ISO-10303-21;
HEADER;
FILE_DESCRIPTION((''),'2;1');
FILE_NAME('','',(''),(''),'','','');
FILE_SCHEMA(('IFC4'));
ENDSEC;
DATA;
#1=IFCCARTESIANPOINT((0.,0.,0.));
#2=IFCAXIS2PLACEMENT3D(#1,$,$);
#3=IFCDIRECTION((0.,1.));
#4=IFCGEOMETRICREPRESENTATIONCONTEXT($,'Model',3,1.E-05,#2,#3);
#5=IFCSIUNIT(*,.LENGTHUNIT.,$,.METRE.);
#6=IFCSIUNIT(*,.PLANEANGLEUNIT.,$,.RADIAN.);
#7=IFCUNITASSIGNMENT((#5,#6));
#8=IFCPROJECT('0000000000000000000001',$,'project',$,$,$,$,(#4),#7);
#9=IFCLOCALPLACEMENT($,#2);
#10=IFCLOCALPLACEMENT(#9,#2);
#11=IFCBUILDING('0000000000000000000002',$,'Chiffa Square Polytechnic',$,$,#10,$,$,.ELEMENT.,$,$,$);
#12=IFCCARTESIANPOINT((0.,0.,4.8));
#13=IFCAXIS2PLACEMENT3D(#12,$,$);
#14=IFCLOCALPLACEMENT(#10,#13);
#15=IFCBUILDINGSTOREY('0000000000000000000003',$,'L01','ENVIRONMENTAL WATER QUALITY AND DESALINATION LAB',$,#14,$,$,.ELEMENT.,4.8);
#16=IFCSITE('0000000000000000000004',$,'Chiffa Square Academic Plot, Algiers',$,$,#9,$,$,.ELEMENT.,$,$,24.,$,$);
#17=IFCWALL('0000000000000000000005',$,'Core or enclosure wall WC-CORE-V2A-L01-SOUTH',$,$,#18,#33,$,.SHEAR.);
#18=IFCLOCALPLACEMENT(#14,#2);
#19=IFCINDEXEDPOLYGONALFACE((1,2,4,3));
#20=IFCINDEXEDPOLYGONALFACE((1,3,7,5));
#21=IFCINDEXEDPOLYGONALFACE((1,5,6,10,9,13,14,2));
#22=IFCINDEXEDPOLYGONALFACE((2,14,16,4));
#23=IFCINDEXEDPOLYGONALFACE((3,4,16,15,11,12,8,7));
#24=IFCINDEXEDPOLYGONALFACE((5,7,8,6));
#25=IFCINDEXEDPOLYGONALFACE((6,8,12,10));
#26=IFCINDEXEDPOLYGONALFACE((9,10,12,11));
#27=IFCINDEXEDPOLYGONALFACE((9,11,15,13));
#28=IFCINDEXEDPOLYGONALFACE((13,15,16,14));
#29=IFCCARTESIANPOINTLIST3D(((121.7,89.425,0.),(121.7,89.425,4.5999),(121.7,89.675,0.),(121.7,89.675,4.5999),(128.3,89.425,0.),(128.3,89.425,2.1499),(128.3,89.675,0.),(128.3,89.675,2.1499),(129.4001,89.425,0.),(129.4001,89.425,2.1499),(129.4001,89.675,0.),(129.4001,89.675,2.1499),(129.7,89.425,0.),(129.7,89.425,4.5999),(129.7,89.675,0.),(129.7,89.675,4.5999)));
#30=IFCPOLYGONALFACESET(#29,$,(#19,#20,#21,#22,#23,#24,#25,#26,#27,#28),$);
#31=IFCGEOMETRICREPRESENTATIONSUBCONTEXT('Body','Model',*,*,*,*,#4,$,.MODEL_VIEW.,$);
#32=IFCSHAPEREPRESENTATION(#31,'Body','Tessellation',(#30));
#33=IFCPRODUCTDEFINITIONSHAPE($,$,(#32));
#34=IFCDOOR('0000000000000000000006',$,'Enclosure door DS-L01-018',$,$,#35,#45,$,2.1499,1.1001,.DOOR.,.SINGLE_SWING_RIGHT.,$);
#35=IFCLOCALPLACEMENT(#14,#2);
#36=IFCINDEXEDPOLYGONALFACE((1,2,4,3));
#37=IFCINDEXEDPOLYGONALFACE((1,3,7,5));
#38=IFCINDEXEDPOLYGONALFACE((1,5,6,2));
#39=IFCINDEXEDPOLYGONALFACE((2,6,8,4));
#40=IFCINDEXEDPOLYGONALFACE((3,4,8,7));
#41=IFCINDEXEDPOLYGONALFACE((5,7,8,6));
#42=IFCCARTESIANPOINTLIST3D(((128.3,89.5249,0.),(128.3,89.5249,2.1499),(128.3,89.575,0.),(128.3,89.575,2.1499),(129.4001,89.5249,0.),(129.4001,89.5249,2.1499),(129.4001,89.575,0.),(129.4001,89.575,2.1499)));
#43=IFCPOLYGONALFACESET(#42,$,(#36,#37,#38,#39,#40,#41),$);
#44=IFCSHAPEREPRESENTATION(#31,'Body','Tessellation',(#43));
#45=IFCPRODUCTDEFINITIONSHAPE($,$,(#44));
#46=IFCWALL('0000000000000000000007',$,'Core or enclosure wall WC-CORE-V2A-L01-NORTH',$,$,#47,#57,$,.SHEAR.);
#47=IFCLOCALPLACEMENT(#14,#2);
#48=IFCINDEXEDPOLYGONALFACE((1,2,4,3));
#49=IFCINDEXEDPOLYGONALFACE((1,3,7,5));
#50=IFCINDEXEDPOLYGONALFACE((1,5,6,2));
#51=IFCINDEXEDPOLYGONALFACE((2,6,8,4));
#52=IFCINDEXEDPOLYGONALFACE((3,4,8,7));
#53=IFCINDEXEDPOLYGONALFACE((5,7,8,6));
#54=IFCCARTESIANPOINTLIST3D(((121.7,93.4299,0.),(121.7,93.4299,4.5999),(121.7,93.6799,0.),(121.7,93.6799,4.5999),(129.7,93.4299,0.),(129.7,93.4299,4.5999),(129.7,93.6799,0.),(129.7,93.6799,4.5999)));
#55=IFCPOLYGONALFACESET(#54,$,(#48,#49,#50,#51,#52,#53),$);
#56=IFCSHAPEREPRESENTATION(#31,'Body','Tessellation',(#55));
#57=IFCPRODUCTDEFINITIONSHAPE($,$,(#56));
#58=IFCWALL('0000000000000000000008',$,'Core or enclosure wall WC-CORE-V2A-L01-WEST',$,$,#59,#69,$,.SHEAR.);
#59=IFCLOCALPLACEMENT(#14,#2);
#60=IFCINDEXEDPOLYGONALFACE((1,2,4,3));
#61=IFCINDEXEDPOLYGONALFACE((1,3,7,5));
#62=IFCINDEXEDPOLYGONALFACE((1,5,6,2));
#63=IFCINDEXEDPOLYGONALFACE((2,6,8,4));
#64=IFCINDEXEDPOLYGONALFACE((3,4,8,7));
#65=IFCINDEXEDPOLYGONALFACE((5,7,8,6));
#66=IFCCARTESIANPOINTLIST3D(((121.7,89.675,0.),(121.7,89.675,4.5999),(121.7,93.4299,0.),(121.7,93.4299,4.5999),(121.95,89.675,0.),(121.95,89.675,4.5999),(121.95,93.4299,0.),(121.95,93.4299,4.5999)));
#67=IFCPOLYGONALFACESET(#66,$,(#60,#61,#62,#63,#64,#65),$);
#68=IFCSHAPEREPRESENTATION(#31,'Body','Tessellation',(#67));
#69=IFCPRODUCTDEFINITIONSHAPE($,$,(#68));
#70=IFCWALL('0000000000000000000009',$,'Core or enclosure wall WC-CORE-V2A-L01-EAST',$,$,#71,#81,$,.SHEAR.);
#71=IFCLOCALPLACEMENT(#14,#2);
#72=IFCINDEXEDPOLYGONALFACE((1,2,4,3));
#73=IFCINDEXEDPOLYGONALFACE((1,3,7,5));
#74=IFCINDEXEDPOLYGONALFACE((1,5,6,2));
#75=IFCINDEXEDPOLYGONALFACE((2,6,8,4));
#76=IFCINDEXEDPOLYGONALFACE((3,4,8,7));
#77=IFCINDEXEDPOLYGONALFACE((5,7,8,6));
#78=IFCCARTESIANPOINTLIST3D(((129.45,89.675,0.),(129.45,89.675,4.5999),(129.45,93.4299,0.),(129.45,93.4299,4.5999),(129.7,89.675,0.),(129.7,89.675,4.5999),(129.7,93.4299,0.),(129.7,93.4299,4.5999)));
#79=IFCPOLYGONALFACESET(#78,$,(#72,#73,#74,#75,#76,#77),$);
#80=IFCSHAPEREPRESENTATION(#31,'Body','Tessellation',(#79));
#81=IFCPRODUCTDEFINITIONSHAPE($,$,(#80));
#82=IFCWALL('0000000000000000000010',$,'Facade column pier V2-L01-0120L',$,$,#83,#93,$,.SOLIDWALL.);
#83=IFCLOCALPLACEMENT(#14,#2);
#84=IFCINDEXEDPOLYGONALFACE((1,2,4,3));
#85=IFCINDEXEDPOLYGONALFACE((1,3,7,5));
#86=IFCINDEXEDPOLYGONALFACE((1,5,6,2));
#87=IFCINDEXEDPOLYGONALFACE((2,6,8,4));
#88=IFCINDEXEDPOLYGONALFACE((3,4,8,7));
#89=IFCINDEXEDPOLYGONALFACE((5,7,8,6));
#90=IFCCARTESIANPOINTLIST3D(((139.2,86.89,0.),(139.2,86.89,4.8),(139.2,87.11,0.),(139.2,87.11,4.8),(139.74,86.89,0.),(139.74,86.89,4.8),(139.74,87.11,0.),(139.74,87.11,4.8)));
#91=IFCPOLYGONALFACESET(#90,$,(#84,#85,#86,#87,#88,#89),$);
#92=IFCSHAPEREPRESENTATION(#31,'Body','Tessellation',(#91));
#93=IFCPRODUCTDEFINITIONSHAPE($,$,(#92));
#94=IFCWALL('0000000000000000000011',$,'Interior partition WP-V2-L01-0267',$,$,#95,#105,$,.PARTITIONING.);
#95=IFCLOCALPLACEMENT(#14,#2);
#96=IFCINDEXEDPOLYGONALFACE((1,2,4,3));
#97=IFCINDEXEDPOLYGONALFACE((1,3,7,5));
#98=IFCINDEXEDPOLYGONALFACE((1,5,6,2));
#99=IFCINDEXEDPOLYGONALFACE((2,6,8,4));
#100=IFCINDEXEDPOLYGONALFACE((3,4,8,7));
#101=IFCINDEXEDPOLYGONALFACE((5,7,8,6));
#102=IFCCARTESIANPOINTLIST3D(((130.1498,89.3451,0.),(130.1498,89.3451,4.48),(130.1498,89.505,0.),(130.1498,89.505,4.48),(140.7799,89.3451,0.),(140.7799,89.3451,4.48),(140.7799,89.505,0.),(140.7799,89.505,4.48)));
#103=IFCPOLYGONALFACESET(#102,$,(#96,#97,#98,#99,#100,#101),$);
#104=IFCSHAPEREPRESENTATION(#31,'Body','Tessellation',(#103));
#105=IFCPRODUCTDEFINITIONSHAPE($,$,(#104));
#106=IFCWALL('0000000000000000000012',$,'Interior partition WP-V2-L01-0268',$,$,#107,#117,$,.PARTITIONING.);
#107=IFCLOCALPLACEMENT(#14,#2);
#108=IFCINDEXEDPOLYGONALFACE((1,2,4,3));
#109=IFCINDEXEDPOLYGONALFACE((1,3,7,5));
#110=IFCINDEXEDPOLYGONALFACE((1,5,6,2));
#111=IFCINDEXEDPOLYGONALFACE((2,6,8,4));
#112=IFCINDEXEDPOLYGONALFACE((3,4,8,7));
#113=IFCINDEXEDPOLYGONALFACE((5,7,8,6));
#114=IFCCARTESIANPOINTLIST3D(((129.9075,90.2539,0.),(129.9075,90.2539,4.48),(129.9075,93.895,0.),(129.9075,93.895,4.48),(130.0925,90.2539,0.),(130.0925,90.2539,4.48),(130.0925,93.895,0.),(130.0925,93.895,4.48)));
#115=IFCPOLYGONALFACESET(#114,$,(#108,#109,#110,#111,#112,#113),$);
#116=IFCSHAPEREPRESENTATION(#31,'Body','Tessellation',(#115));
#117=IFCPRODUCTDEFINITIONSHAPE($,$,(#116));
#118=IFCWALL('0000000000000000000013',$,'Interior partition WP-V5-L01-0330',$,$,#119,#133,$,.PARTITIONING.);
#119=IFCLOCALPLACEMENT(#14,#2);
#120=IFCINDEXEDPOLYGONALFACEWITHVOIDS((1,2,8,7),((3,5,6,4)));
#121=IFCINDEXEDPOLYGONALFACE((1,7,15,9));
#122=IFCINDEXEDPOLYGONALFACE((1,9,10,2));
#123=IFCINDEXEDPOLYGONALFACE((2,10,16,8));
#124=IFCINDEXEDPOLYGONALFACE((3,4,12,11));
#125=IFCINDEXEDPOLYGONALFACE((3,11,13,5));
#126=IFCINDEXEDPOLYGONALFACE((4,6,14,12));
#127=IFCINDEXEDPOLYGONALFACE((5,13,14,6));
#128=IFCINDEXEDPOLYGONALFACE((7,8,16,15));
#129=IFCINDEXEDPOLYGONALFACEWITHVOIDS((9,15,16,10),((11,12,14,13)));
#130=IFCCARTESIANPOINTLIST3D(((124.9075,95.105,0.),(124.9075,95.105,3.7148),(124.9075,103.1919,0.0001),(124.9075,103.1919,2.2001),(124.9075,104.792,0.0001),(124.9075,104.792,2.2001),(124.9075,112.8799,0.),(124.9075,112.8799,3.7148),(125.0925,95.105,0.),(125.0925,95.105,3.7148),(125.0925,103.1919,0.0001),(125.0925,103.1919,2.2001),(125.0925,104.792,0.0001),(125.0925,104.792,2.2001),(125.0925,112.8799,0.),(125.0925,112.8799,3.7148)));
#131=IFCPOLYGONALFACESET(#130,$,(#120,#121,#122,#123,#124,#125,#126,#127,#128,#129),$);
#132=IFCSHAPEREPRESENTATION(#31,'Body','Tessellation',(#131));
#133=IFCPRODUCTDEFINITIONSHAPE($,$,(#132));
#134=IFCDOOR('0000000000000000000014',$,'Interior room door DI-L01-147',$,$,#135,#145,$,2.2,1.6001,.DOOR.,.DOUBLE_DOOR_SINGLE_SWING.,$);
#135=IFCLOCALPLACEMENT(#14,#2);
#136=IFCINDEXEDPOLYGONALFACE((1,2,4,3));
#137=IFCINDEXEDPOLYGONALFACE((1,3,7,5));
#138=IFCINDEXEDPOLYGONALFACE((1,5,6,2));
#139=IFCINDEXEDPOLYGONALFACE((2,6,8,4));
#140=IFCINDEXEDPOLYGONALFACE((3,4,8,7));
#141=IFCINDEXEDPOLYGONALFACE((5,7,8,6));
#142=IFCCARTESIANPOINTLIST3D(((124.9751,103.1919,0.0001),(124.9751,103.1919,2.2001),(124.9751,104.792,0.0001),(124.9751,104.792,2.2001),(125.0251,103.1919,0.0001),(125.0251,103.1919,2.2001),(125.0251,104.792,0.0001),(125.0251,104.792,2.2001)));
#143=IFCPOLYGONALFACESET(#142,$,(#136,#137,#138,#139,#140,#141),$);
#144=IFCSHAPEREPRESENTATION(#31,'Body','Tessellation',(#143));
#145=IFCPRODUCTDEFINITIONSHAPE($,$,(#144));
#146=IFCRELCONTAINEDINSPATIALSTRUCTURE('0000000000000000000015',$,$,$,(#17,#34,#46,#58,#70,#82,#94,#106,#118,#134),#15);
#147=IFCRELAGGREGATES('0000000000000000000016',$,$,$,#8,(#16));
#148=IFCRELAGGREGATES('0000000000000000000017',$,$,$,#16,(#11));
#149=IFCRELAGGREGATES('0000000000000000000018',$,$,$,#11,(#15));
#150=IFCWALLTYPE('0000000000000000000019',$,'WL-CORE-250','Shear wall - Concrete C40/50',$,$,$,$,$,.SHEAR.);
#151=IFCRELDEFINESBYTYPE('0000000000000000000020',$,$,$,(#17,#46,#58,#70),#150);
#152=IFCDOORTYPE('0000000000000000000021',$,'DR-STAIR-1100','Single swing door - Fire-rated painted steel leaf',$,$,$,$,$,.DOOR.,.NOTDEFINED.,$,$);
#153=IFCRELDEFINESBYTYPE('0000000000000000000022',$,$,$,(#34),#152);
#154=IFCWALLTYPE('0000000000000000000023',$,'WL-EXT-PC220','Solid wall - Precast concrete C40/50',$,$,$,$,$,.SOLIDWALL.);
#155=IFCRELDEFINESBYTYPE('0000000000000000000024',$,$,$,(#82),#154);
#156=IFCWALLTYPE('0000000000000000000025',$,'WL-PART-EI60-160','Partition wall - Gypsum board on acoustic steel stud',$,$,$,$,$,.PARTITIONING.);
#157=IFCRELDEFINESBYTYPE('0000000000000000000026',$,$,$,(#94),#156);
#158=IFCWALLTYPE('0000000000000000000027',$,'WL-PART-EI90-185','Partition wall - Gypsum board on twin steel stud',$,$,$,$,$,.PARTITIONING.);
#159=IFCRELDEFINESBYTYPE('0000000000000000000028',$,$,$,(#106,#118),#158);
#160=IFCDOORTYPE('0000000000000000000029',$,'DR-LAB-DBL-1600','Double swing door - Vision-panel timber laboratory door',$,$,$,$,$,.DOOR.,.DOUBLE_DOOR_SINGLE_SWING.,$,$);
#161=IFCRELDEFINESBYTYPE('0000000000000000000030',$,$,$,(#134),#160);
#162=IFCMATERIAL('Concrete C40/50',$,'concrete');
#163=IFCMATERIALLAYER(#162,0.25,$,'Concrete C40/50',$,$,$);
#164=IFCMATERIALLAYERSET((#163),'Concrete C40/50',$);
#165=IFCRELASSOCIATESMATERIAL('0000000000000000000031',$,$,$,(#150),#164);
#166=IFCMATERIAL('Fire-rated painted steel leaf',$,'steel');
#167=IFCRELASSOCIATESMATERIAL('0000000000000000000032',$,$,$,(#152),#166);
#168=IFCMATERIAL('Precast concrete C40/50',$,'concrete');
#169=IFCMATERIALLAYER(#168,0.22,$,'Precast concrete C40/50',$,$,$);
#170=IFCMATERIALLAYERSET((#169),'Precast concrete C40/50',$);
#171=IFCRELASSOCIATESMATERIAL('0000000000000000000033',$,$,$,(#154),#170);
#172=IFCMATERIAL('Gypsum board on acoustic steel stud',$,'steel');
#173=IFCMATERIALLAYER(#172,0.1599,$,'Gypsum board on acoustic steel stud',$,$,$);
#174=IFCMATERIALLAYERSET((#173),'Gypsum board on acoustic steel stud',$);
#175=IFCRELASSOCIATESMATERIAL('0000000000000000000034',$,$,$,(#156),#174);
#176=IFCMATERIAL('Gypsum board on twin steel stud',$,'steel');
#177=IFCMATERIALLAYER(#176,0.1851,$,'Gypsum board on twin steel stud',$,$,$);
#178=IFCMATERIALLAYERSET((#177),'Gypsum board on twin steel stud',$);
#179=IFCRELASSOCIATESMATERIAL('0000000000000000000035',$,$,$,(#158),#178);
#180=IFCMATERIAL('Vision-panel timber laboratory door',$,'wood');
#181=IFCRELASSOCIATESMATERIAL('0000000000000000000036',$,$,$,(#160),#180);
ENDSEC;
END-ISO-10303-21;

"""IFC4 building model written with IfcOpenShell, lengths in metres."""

from ifc_helpers import new_model, si_unit, direction, frame, frame_2d, origin, place, context, subcontext, project, spatial, rectangle, extrude, material, layer, layer_set, type_object, element, fill, save


model = new_model("IFC4")

# Units and contexts
model_context = context("Model", 3, precision=1e-05, world=origin(), true_north=direction((0.0, 1.0)))
body_context = subcontext(model_context, "Body", "Model", "MODEL_VIEW")
ifc_project = project(units=[si_unit("LENGTHUNIT", "METRE"), si_unit("PLANEANGLEUNIT", "RADIAN")], contexts=[model_context])

# Site, building, storey
site_placement = place(None, origin())
site = spatial("IfcSite", under=ifc_project, at=site_placement, Name="Chiffa Square Academic Plot, Algiers", CompositionType="ELEMENT", RefElevation=24.0)
building_placement = place(site_placement, origin())
building = spatial("IfcBuilding", under=site, at=building_placement, Name="Chiffa Square Polytechnic", CompositionType="ELEMENT")
storey_placement = place(building_placement, frame((0.0, 0.0, 4.8)))
storey = spatial("IfcBuildingStorey", under=building, at=storey_placement, Name="L01", Description="ENVIRONMENTAL WATER QUALITY AND DESALINATION LAB", CompositionType="ELEMENT", Elevation=4.8)

# Shared definitions
ifc_material_1 = material(Name="Concrete C40/50", Category="concrete")

# Wall, opening, door
ifc_layer_1 = layer(ifc_material_1, 0.25, Name="Concrete C40/50")
ifc_layer_set_1 = layer_set([ifc_layer_1], Name="Concrete C40/50")
wall_type_1 = type_object("IfcWallType", Name="WL-CORE-250", Description="Shear wall - Concrete C40/50", PredefinedType="SHEAR", material=ifc_layer_set_1)
wall_1_placement = place(storey_placement, frame((121.7, 89.55, 0.0), z_axis=(0.0, 0.0, 1.0), x_axis=(1.0, 0.0, 0.0)))
wall_1 = element("IfcWall", 1, at=wall_1_placement, inside=storey, type_object=wall_type_1, Name="Core or enclosure wall WC-CORE-V2A-L01-SOUTH", PredefinedType="SHEAR", context=body_context, shape_type="SweptSolid", body=[
    extrude(rectangle(XDim=8.0, YDim=0.25, at=frame_2d((4.0, 0.0))), origin(), (0.0, 0.0, 1.0), 4.5999),
])
opening_1_placement = place(wall_1_placement, frame((6.6001, 0.0, 0.0)))
opening_1 = element("IfcOpeningElement", 2, at=opening_1_placement, cuts=wall_1, PredefinedType="OPENING", context=body_context, shape_type="SweptSolid", body=[
    extrude(rectangle(XDim=1.1001, YDim=2.1499, at=frame_2d((0.55, 1.075))), frame((0.0, 0.135, 0.0), z_axis=(0.0, -1.0, 0.0), x_axis=(1.0, 0.0, 0.0)), (0.0, 0.0, 1.0), 0.27),
])
ifc_material_2 = material(Name="Fire-rated painted steel leaf", Category="steel")
door_type_1 = type_object("IfcDoorType", Name="DR-STAIR-1100", Description="Single swing door - Fire-rated painted steel leaf", OperationType="NOTDEFINED", PredefinedType="DOOR", material=ifc_material_2)
door_1_placement = place(opening_1_placement, origin())
door_1 = element("IfcDoor", 3, at=door_1_placement, inside=storey, type_object=door_type_1, Name="Enclosure door DS-L01-018", OperationType="SINGLE_SWING_RIGHT", OverallHeight=2.1499, OverallWidth=1.1001, PredefinedType="DOOR", context=body_context, shape_type="SweptSolid", body=[
    extrude(rectangle(XDim=1.1001, YDim=2.1499, at=frame_2d((0.55, 1.075))), frame((0.0, 0.0249, 0.0), z_axis=(0.0, -1.0, 0.0), x_axis=(1.0, 0.0, 0.0)), (0.0, 0.0, 1.0), 0.05),
])
fill(opening_1, door_1)

# Walls
wall_2_placement = place(storey_placement, frame((121.7, 93.5549, 0.0), z_axis=(0.0, 0.0, 1.0), x_axis=(1.0, 0.0, 0.0)))
element("IfcWall", 4, at=wall_2_placement, inside=storey, type_object=wall_type_1, Name="Core or enclosure wall WC-CORE-V2A-L01-NORTH", PredefinedType="SHEAR", context=body_context, shape_type="SweptSolid", body=[
    extrude(rectangle(XDim=8.0, YDim=0.25, at=frame_2d((4.0, 0.0))), origin(), (0.0, 0.0, 1.0), 4.5999),
])
for number, where, z_axis, x_axis, name in (
    (5, (121.825, 89.675, 0.0), (0.0, 0.0, 1.0), (0.0, 1.0, 0.0), "Core or enclosure wall WC-CORE-V2A-L01-WEST"),
    (6, (129.575, 89.675, 0.0), (0.0, 0.0, 1.0), (0.0, 1.0, 0.0), "Core or enclosure wall WC-CORE-V2A-L01-EAST"),
):
    element("IfcWall", number, at=place(storey_placement, frame(where, z_axis=z_axis, x_axis=x_axis)), inside=storey, type_object=wall_type_1, Name=name, PredefinedType="SHEAR", context=body_context, shape_type="SweptSolid", body=[
        extrude(rectangle(XDim=3.7549, YDim=0.25, at=frame_2d((1.8774, 0.0))), origin(), (0.0, 0.0, 1.0), 4.5999),
    ])
ifc_material_3 = material(Name="Precast concrete C40/50", Category="concrete")
ifc_layer_2 = layer(ifc_material_3, 0.22, Name="Precast concrete C40/50")
ifc_layer_set_2 = layer_set([ifc_layer_2], Name="Precast concrete C40/50")
wall_type_2 = type_object("IfcWallType", Name="WL-EXT-PC220", Description="Solid wall - Precast concrete C40/50", PredefinedType="SOLIDWALL", material=ifc_layer_set_2)
wall_3_placement = place(storey_placement, frame((139.2, 87.0, 0.0), z_axis=(0.0, 0.0, 1.0), x_axis=(1.0, 0.0, 0.0)))
element("IfcWall", 7, at=wall_3_placement, inside=storey, type_object=wall_type_2, Name="Facade column pier V2-L01-0120L", PredefinedType="SOLIDWALL", context=body_context, shape_type="SweptSolid", body=[
    extrude(rectangle(XDim=0.54, YDim=0.22, at=frame_2d((0.27, 0.0))), origin(), (0.0, 0.0, 1.0), 4.8),
])
ifc_material_4 = material(Name="Gypsum board on acoustic steel stud", Category="steel")
ifc_layer_3 = layer(ifc_material_4, 0.1599, Name="Gypsum board on acoustic steel stud")
ifc_layer_set_3 = layer_set([ifc_layer_3], Name="Gypsum board on acoustic steel stud")
wall_type_3 = type_object("IfcWallType", Name="WL-PART-EI60-160", Description="Partition wall - Gypsum board on acoustic steel stud", PredefinedType="PARTITIONING", material=ifc_layer_set_3)
wall_4_placement = place(storey_placement, frame((130.1499, 89.425, 0.0), z_axis=(0.0, 0.0, 1.0), x_axis=(1.0, 0.0, 0.0)))
element("IfcWall", 8, at=wall_4_placement, inside=storey, type_object=wall_type_3, Name="Interior partition WP-V2-L01-0267", PredefinedType="PARTITIONING", context=body_context, shape_type="SweptSolid", body=[
    extrude(rectangle(XDim=10.6301, YDim=0.1599, at=frame_2d((5.3149, 0.0))), origin(), (0.0, 0.0, 1.0), 4.48),
])
ifc_material_5 = material(Name="Gypsum board on twin steel stud", Category="steel")
ifc_layer_4 = layer(ifc_material_5, 0.1851, Name="Gypsum board on twin steel stud")
ifc_layer_set_4 = layer_set([ifc_layer_4], Name="Gypsum board on twin steel stud")
wall_type_4 = type_object("IfcWallType", Name="WL-PART-EI90-185", Description="Partition wall - Gypsum board on twin steel stud", PredefinedType="PARTITIONING", material=ifc_layer_set_4)
wall_5_placement = place(storey_placement, frame((130.0, 90.2539, 0.0), z_axis=(0.0, 0.0, 1.0), x_axis=(0.0, 1.0, 0.0)))
element("IfcWall", 9, at=wall_5_placement, inside=storey, type_object=wall_type_4, Name="Interior partition WP-V2-L01-0268", PredefinedType="PARTITIONING", context=body_context, shape_type="SweptSolid", body=[
    extrude(rectangle(XDim=3.6411, YDim=0.1851, at=frame_2d((1.8206, 0.0))), origin(), (0.0, 0.0, 1.0), 4.48),
])

# Wall, opening, door
wall_6_placement = place(storey_placement, frame((125.0, 95.105, 0.0), z_axis=(0.0, 0.0, 1.0), x_axis=(0.0, 1.0, 0.0)))
wall_6 = element("IfcWall", 10, at=wall_6_placement, inside=storey, type_object=wall_type_4, Name="Interior partition WP-V5-L01-0330", PredefinedType="PARTITIONING", context=body_context, shape_type="SweptSolid", body=[
    extrude(rectangle(XDim=17.7749, YDim=0.1851, at=frame_2d((8.8875, 0.0))), origin(), (0.0, 0.0, 1.0), 3.7148),
])
opening_2_placement = place(wall_6_placement, frame((8.0869, 0.0, 0.0)))
opening_2 = element("IfcOpeningElement", 11, at=opening_2_placement, cuts=wall_6, PredefinedType="OPENING", context=body_context, shape_type="SweptSolid", body=[
    extrude(rectangle(XDim=1.6001, YDim=2.2, at=frame_2d((0.8, 1.1001))), frame((0.0, 0.1025, 0.0), z_axis=(0.0, -1.0, 0.0), x_axis=(1.0, 0.0, 0.0)), (0.0, 0.0, 1.0), 0.2051),
])
ifc_material_6 = material(Name="Vision-panel timber laboratory door", Category="wood")
door_type_2 = type_object("IfcDoorType", Name="DR-LAB-DBL-1600", Description="Double swing door - Vision-panel timber laboratory door", OperationType="DOUBLE_DOOR_SINGLE_SWING", PredefinedType="DOOR", material=ifc_material_6)
door_2_placement = place(opening_2_placement, origin())
door_2 = element("IfcDoor", 12, at=door_2_placement, inside=storey, type_object=door_type_2, Name="Interior room door DI-L01-147", OperationType="DOUBLE_DOOR_SINGLE_SWING", OverallHeight=2.2, OverallWidth=1.6001, PredefinedType="DOOR", context=body_context, shape_type="SweptSolid", body=[
    extrude(rectangle(XDim=1.6001, YDim=2.2, at=frame_2d((0.8, 1.1001))), frame((0.0, 0.0249, 0.0), z_axis=(0.0, -1.0, 0.0), x_axis=(1.0, 0.0, 0.0)), (0.0, 0.0, 1.0), 0.05),
])
fill(opening_2, door_2)

save(model, "model.ifc")
